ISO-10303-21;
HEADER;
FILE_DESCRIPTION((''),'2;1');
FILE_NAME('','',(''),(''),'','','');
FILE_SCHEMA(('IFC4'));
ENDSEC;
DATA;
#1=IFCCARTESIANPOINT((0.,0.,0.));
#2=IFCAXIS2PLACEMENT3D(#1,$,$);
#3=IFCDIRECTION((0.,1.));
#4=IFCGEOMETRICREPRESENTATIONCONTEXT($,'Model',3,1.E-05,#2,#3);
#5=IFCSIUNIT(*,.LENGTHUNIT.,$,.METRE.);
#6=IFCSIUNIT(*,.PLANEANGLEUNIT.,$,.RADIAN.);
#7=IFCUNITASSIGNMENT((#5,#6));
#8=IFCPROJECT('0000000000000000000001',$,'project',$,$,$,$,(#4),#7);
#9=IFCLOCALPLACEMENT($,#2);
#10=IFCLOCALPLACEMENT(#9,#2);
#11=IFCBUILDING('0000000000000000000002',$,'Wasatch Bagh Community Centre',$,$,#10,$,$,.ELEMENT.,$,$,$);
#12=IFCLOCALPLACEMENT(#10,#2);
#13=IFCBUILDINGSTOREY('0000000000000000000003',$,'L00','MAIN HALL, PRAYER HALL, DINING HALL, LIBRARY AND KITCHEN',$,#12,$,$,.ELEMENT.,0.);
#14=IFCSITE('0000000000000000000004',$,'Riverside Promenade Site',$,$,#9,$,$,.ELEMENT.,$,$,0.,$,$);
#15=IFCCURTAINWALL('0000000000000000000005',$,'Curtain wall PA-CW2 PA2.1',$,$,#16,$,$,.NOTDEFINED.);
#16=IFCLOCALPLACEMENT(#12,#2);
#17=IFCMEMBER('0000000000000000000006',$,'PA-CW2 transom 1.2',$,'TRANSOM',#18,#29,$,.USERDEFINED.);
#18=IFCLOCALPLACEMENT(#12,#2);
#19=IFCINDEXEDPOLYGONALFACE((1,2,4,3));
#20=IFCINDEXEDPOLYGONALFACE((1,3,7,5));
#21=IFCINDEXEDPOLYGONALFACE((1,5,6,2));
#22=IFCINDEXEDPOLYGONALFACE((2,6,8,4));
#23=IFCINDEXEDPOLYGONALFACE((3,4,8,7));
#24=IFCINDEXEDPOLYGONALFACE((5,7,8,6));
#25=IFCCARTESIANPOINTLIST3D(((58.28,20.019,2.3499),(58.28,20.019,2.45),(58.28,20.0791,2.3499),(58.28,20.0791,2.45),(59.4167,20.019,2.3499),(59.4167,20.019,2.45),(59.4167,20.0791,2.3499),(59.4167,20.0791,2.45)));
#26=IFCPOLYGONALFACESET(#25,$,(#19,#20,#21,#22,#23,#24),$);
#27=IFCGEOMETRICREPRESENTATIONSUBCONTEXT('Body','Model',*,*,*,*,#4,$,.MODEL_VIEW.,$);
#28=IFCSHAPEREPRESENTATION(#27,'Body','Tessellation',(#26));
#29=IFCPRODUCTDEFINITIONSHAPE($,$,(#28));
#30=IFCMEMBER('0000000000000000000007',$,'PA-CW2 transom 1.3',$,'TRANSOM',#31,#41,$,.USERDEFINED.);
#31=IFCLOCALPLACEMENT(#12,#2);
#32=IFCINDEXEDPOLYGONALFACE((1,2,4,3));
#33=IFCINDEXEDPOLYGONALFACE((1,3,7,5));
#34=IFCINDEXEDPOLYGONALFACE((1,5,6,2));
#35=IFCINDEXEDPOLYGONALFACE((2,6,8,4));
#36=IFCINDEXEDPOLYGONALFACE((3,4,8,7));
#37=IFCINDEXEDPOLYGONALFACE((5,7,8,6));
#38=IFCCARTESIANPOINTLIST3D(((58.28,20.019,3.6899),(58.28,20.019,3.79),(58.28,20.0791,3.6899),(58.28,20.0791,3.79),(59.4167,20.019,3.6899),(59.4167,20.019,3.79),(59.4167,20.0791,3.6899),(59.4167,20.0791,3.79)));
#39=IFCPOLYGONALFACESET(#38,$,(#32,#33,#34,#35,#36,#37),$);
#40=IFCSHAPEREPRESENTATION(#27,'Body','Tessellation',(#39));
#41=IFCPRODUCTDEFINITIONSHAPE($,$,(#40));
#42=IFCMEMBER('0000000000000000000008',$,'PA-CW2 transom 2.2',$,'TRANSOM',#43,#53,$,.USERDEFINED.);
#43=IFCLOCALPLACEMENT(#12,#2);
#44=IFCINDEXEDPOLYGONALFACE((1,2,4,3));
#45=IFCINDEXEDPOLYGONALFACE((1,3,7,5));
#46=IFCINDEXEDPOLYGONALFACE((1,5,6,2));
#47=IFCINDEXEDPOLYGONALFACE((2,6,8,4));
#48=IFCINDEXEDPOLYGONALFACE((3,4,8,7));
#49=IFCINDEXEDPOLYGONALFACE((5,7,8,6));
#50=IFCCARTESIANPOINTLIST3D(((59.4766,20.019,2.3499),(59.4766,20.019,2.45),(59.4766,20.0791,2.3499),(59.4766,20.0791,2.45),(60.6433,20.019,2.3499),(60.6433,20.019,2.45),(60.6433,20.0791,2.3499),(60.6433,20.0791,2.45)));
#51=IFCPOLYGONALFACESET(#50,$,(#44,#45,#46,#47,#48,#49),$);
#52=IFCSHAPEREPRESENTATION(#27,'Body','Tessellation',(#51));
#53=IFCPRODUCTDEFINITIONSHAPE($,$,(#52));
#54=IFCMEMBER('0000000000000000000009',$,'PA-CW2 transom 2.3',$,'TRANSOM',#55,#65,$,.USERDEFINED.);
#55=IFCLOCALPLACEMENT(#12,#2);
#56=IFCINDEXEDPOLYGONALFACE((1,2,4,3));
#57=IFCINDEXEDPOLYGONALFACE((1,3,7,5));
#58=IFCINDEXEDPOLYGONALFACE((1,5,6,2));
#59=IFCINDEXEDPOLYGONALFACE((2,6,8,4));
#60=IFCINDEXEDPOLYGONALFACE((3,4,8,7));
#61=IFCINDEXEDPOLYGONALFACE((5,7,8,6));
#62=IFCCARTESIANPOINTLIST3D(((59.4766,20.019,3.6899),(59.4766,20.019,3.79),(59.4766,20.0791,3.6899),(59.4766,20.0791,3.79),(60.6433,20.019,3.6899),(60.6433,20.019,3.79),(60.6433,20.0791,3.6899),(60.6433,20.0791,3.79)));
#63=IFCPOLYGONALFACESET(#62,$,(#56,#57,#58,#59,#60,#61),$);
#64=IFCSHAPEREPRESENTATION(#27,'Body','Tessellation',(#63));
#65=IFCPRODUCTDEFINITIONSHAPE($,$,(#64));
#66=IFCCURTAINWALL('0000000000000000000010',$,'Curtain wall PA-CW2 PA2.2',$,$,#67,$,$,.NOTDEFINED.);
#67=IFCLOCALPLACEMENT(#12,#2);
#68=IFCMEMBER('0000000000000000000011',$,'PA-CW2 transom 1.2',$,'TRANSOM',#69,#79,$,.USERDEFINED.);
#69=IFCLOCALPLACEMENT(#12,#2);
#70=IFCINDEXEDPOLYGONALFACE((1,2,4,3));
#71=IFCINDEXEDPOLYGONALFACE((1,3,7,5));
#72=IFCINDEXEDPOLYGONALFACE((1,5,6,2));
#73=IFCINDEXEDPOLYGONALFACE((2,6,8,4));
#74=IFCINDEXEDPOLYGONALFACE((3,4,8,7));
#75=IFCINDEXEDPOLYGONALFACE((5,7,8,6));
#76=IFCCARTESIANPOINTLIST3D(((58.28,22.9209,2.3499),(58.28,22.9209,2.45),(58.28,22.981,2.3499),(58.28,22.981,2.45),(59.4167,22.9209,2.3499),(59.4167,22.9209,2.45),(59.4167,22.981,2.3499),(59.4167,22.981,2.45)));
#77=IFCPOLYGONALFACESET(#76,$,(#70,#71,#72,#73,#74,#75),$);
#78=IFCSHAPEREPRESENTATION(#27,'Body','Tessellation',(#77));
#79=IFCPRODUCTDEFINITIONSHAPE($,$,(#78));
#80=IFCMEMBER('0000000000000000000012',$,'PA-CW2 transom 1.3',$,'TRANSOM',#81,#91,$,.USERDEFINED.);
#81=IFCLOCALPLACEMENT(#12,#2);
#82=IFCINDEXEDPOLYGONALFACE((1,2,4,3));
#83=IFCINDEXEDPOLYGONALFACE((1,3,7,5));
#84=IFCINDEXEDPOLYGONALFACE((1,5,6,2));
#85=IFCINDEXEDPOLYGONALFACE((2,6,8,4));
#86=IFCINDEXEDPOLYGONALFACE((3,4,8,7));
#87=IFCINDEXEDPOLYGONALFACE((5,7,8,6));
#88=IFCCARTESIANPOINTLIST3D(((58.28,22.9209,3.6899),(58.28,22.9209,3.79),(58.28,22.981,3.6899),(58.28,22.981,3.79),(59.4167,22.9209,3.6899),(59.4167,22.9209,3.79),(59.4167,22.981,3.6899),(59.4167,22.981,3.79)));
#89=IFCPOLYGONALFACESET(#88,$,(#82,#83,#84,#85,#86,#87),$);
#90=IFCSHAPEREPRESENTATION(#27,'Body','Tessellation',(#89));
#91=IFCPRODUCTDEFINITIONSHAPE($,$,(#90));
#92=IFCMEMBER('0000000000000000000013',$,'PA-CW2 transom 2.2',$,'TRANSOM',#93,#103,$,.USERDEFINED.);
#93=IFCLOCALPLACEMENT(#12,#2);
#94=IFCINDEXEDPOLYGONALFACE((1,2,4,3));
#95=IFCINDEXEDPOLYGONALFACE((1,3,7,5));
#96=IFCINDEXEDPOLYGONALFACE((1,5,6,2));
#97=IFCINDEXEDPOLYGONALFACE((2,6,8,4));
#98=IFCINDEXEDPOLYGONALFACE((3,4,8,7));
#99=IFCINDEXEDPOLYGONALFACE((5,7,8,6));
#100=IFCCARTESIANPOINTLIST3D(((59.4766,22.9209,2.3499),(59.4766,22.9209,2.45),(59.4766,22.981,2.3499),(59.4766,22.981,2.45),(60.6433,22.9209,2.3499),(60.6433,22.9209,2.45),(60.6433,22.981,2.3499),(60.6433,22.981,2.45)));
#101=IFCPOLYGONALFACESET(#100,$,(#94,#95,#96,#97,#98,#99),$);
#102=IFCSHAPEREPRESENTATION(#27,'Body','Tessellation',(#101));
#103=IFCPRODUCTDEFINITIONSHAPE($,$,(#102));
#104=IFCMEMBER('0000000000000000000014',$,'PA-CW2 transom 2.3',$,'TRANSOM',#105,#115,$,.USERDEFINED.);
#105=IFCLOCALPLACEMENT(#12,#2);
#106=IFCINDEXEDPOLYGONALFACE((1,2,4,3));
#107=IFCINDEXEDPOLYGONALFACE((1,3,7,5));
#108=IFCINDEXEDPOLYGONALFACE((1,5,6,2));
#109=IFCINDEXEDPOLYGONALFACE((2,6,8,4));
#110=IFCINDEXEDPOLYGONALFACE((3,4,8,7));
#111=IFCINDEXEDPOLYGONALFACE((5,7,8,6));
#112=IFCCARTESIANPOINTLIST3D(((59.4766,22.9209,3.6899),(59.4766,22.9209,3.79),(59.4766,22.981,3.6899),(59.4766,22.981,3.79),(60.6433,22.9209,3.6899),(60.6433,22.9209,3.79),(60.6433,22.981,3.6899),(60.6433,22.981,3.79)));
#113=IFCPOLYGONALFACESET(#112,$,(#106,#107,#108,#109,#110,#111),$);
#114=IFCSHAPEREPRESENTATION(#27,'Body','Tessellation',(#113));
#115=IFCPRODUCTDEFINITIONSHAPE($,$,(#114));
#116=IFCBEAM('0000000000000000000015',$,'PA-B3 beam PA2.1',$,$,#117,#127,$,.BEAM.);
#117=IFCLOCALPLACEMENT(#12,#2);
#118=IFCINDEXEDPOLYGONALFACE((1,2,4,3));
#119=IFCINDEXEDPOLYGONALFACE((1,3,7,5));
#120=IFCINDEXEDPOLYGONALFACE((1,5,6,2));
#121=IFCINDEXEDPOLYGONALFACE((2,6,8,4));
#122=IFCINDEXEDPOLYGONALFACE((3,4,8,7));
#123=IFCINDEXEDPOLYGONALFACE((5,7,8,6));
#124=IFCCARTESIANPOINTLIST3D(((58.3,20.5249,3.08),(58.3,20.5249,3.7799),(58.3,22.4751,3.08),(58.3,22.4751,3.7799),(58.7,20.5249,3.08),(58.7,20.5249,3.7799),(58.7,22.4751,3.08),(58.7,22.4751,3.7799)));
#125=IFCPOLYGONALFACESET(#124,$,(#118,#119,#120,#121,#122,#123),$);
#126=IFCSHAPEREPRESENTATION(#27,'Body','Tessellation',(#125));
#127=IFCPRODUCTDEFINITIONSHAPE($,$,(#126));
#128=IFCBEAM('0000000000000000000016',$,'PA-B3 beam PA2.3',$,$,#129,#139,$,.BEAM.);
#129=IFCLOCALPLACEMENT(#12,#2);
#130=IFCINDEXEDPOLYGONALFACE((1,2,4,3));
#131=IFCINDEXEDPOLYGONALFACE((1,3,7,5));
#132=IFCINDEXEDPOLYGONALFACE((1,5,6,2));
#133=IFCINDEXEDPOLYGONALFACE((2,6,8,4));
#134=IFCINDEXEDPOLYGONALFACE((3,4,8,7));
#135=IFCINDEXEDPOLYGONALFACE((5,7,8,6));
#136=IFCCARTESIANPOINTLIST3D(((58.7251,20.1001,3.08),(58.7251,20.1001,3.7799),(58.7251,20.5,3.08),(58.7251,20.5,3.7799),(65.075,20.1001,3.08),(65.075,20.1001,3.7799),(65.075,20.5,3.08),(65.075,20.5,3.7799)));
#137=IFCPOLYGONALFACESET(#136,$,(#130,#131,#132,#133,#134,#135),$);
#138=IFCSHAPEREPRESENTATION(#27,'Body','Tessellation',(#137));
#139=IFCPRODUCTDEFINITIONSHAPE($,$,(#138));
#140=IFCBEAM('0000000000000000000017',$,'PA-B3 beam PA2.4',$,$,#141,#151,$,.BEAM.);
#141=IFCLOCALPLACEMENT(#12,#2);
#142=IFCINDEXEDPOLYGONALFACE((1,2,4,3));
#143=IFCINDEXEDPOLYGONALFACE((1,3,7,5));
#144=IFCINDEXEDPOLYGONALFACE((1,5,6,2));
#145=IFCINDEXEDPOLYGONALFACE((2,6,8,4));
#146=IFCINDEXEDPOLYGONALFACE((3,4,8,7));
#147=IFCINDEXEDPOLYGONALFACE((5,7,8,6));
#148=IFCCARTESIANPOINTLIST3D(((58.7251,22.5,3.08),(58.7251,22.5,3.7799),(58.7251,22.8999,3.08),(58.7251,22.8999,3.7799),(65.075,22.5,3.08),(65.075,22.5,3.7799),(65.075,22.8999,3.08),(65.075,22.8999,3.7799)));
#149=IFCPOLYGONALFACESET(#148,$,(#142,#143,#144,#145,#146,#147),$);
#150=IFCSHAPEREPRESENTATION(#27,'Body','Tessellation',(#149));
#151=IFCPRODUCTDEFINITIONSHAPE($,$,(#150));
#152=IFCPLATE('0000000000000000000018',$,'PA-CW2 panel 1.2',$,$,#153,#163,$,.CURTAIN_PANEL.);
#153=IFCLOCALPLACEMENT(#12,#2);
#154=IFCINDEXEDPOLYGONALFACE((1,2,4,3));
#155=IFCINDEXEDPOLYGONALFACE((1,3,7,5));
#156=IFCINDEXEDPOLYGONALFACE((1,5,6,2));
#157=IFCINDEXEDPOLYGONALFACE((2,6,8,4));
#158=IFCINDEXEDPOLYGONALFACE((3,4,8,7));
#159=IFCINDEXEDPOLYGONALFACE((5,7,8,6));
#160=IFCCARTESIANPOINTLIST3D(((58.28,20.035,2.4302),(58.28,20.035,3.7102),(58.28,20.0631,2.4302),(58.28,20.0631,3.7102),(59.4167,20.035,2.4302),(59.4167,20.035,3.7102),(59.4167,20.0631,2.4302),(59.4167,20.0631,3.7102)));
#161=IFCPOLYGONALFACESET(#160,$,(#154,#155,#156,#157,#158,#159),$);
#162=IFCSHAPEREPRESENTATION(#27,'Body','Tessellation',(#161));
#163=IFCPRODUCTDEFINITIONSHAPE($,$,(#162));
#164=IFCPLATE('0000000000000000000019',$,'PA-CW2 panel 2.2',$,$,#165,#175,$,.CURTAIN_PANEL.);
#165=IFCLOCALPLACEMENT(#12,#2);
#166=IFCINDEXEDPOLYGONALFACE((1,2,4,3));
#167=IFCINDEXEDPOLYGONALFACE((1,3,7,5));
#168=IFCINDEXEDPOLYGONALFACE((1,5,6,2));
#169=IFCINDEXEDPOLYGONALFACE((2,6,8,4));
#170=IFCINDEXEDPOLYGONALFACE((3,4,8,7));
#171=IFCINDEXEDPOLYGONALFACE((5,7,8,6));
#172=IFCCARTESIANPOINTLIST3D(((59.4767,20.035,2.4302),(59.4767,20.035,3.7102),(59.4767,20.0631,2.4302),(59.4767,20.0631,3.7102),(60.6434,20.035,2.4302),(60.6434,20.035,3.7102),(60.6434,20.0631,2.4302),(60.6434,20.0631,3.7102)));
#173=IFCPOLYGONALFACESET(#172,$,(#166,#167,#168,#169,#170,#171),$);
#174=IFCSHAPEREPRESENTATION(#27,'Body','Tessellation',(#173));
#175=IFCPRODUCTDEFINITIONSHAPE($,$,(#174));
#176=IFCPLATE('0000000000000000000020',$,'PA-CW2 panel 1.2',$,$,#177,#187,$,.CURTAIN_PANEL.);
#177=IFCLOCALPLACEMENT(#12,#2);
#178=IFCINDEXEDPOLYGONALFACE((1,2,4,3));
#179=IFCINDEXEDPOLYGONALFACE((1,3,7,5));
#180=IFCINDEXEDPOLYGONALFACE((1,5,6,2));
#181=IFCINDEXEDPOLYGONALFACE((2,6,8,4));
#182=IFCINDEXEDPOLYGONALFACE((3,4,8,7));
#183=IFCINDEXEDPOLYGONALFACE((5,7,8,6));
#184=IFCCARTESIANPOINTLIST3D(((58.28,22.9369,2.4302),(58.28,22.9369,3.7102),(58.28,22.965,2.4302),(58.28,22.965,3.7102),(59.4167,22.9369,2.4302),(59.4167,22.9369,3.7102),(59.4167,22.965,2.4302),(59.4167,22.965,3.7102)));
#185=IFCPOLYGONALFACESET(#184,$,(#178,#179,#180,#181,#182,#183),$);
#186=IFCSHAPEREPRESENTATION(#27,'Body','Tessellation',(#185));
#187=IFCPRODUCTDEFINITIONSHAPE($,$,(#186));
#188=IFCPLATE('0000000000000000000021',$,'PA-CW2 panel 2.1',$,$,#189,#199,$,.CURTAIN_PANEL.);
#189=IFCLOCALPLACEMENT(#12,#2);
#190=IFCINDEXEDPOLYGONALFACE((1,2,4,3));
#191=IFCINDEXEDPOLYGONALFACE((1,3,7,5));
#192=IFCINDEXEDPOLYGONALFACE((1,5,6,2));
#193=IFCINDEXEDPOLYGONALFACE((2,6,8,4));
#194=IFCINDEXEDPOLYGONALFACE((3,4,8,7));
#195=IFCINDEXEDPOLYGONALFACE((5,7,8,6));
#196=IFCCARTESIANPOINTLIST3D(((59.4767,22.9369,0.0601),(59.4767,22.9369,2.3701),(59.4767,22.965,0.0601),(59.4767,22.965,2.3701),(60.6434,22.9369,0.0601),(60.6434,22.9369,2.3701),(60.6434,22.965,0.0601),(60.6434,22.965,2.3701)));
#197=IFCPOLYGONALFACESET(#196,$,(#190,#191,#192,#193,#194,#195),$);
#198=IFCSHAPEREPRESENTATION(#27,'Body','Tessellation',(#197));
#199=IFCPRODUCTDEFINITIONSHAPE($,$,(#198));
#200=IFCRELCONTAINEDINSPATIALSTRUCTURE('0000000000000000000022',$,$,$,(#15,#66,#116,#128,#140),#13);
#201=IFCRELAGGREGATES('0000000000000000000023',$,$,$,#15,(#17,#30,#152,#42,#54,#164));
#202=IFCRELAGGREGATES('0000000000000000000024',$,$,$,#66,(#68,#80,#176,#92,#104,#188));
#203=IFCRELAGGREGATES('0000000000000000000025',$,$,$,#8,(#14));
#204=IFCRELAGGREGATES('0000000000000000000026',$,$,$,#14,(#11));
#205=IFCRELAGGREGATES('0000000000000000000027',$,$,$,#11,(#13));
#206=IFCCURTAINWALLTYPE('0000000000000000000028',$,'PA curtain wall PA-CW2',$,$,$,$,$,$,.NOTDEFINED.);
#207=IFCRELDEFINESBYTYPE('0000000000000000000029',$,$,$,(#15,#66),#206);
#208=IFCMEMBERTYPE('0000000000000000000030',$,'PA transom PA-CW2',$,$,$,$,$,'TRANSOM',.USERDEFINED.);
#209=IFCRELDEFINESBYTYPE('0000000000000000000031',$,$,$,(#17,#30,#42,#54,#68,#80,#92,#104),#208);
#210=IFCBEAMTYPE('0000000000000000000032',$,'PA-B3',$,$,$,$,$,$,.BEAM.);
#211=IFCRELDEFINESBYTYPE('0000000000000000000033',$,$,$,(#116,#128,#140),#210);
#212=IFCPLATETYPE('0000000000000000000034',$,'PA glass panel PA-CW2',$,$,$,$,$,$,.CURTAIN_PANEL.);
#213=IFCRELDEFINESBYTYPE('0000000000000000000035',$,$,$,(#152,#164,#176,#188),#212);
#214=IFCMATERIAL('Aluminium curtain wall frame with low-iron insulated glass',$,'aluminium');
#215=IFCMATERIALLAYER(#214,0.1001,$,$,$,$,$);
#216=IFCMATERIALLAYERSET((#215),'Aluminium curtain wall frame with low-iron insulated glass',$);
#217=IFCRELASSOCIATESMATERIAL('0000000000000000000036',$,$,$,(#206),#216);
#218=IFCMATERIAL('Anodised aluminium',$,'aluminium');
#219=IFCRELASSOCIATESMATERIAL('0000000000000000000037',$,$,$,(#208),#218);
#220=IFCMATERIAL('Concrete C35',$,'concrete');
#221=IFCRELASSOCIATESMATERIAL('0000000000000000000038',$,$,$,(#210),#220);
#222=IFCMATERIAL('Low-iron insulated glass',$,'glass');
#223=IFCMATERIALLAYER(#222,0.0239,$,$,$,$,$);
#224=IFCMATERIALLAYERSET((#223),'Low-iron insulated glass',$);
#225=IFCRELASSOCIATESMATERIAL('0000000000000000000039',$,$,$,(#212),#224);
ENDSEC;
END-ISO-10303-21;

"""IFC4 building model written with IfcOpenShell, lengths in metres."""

from ifc_helpers import new_model, si_unit, direction, frame, origin, origin_2d, place, context, subcontext, project, spatial, rectangle, extrude, material, layer, layer_set, material_profile, profile_set, type_object, element, aggregate, save


model = new_model("IFC4")

# Units and contexts
model_context = context("Model", 3, precision=1e-05, world=origin(), true_north=direction((0.0, 1.0)))
body_context = subcontext(model_context, "Body", "Model", "MODEL_VIEW")
ifc_project = project(units=[si_unit("LENGTHUNIT", "METRE"), si_unit("PLANEANGLEUNIT", "RADIAN")], contexts=[model_context])

# Site, building, storey
site_placement = place(None, origin())
site = spatial("IfcSite", under=ifc_project, at=site_placement, Name="Riverside Promenade Site", CompositionType="ELEMENT", RefElevation=0.0)
building_placement = place(site_placement, origin())
building = spatial("IfcBuilding", under=site, at=building_placement, Name="Wasatch Bagh Community Centre", CompositionType="ELEMENT")
storey_placement = place(building_placement, origin())
storey = spatial("IfcBuildingStorey", under=building, at=storey_placement, Name="L00", Description="MAIN HALL, PRAYER HALL, DINING HALL, LIBRARY AND KITCHEN", CompositionType="ELEMENT", Elevation=0.0)

# Curtain walls, members
ifc_material_1 = material(Name="Aluminium curtain wall frame with low-iron insulated glass", Category="aluminium")
ifc_layer_1 = layer(ifc_material_1, 0.1001)
ifc_layer_set_1 = layer_set([ifc_layer_1], Name="Aluminium curtain wall frame with low-iron insulated glass")
curtain_wall_type = type_object("IfcCurtainWallType", Name="PA curtain wall PA-CW2", PredefinedType="NOTDEFINED", material=ifc_layer_set_1)
curtain_wall_1_placement = place(storey_placement, origin())
curtain_wall_1 = element("IfcCurtainWall", 1, at=curtain_wall_1_placement, inside=storey, type_object=curtain_wall_type, Name="Curtain wall PA-CW2 PA2.1", PredefinedType="NOTDEFINED")
ifc_material_2 = material(Name="Anodised aluminium", Category="aluminium")
ifc_material_profile_1 = material_profile(ifc_material_2, rectangle(XDim=0.0601, YDim=0.1001, at=origin_2d()), Name="PA transom PA-CW2")
ifc_profile_set_1 = profile_set([ifc_material_profile_1], Name="Anodised aluminium")
member_type = type_object("IfcMemberType", Name="PA transom PA-CW2", ElementType="TRANSOM", PredefinedType="USERDEFINED", material=ifc_profile_set_1)
member_1_placement = place(storey_placement, frame((58.28, 20.0491, 2.3999), z_axis=(1.0, 0.0, 0.0), x_axis=(0.0, 1.0, 0.0)))
member_1 = element("IfcMember", 2, at=member_1_placement, type_object=member_type, Name="PA-CW2 transom 1.2", ObjectType="TRANSOM", PredefinedType="USERDEFINED", context=body_context, shape_type="SweptSolid", body=[
    extrude(rectangle(XDim=0.0601, YDim=0.1001, at=origin_2d()), origin(), (0.0, 0.0, 1.0), 1.1367),
])
member_2_placement = place(storey_placement, frame((58.28, 20.0491, 3.74), z_axis=(1.0, 0.0, 0.0), x_axis=(0.0, 1.0, 0.0)))
member_2 = element("IfcMember", 3, at=member_2_placement, type_object=member_type, Name="PA-CW2 transom 1.3", ObjectType="TRANSOM", PredefinedType="USERDEFINED", context=body_context, shape_type="SweptSolid", body=[
    extrude(rectangle(XDim=0.0601, YDim=0.1001, at=origin_2d()), origin(), (0.0, 0.0, 1.0), 1.1367),
])
member_3_placement = place(storey_placement, frame((59.4766, 20.0491, 2.3999), z_axis=(1.0, 0.0, 0.0), x_axis=(0.0, 1.0, 0.0)))
member_3 = element("IfcMember", 4, at=member_3_placement, type_object=member_type, Name="PA-CW2 transom 2.2", ObjectType="TRANSOM", PredefinedType="USERDEFINED", context=body_context, shape_type="SweptSolid", body=[
    extrude(rectangle(XDim=0.0601, YDim=0.1001, at=origin_2d()), origin(), (0.0, 0.0, 1.0), 1.1667),
])
member_4_placement = place(storey_placement, frame((59.4766, 20.0491, 3.74), z_axis=(1.0, 0.0, 0.0), x_axis=(0.0, 1.0, 0.0)))
member_4 = element("IfcMember", 5, at=member_4_placement, type_object=member_type, Name="PA-CW2 transom 2.3", ObjectType="TRANSOM", PredefinedType="USERDEFINED", context=body_context, shape_type="SweptSolid", body=[
    extrude(rectangle(XDim=0.0601, YDim=0.1001, at=origin_2d()), origin(), (0.0, 0.0, 1.0), 1.1667),
])
curtain_wall_2_placement = place(storey_placement, origin())
curtain_wall_2 = element("IfcCurtainWall", 6, at=curtain_wall_2_placement, inside=storey, type_object=curtain_wall_type, Name="Curtain wall PA-CW2 PA2.2", PredefinedType="NOTDEFINED")
member_5_placement = place(storey_placement, frame((58.28, 22.9509, 2.3999), z_axis=(1.0, 0.0, 0.0), x_axis=(0.0, 1.0, 0.0)))
member_5 = element("IfcMember", 7, at=member_5_placement, type_object=member_type, Name="PA-CW2 transom 1.2", ObjectType="TRANSOM", PredefinedType="USERDEFINED", context=body_context, shape_type="SweptSolid", body=[
    extrude(rectangle(XDim=0.0601, YDim=0.1001, at=origin_2d()), origin(), (0.0, 0.0, 1.0), 1.1367),
])
member_6_placement = place(storey_placement, frame((58.28, 22.9509, 3.74), z_axis=(1.0, 0.0, 0.0), x_axis=(0.0, 1.0, 0.0)))
member_6 = element("IfcMember", 8, at=member_6_placement, type_object=member_type, Name="PA-CW2 transom 1.3", ObjectType="TRANSOM", PredefinedType="USERDEFINED", context=body_context, shape_type="SweptSolid", body=[
    extrude(rectangle(XDim=0.0601, YDim=0.1001, at=origin_2d()), origin(), (0.0, 0.0, 1.0), 1.1367),
])
member_7_placement = place(storey_placement, frame((59.4766, 22.9509, 2.3999), z_axis=(1.0, 0.0, 0.0), x_axis=(0.0, 1.0, 0.0)))
member_7 = element("IfcMember", 9, at=member_7_placement, type_object=member_type, Name="PA-CW2 transom 2.2", ObjectType="TRANSOM", PredefinedType="USERDEFINED", context=body_context, shape_type="SweptSolid", body=[
    extrude(rectangle(XDim=0.0601, YDim=0.1001, at=origin_2d()), origin(), (0.0, 0.0, 1.0), 1.1667),
])
member_8_placement = place(storey_placement, frame((59.4766, 22.9509, 3.74), z_axis=(1.0, 0.0, 0.0), x_axis=(0.0, 1.0, 0.0)))
member_8 = element("IfcMember", 10, at=member_8_placement, type_object=member_type, Name="PA-CW2 transom 2.3", ObjectType="TRANSOM", PredefinedType="USERDEFINED", context=body_context, shape_type="SweptSolid", body=[
    extrude(rectangle(XDim=0.0601, YDim=0.1001, at=origin_2d()), origin(), (0.0, 0.0, 1.0), 1.1667),
])

# Beams
ifc_material_3 = material(Name="Concrete C35", Category="concrete")
ifc_material_profile_2 = material_profile(ifc_material_3, rectangle(XDim=0.3999, YDim=0.7, at=origin_2d()), Name="RC 400x700")
ifc_profile_set_2 = profile_set([ifc_material_profile_2], Name="Concrete C35")
beam_type = type_object("IfcBeamType", Name="PA-B3", PredefinedType="BEAM", material=ifc_profile_set_2)
beam_placement = place(storey_placement, frame((58.5, 20.5249, 3.4299), z_axis=(0.0, 1.0, 0.0), x_axis=(-1.0, 0.0, 0.0)))
element("IfcBeam", 11, at=beam_placement, inside=storey, type_object=beam_type, Name="PA-B3 beam PA2.1", PredefinedType="BEAM", context=body_context, shape_type="SweptSolid", body=[
    extrude(rectangle(XDim=0.3999, YDim=0.7, at=origin_2d()), origin(), (0.0, 0.0, 1.0), 1.9502),
])
for number, where, z_axis, x_axis, name in (
    (12, (58.7251, 20.3, 3.4299), (1.0, 0.0, 0.0), (0.0, 1.0, 0.0), "PA-B3 beam PA2.3"),
    (13, (58.7251, 22.7, 3.4299), (1.0, 0.0, 0.0), (0.0, 1.0, 0.0), "PA-B3 beam PA2.4"),
):
    element("IfcBeam", number, at=place(storey_placement, frame(where, z_axis=z_axis, x_axis=x_axis)), inside=storey, type_object=beam_type, Name=name, PredefinedType="BEAM", context=body_context, shape_type="SweptSolid", body=[
        extrude(rectangle(XDim=0.3999, YDim=0.7, at=origin_2d()), origin(), (0.0, 0.0, 1.0), 6.3499),
    ])

# Plates
ifc_material_4 = material(Name="Low-iron insulated glass", Category="glass")
ifc_layer_2 = layer(ifc_material_4, 0.0239)
ifc_layer_set_2 = layer_set([ifc_layer_2], Name="Low-iron insulated glass")
plate_type = type_object("IfcPlateType", Name="PA glass panel PA-CW2", PredefinedType="CURTAIN_PANEL", material=ifc_layer_set_2)
plate_1_placement = place(storey_placement, frame((58.8484, 20.0491, 2.4302), z_axis=(0.0, 0.0, 1.0), x_axis=(1.0, 0.0, 0.0)))
plate_1 = element("IfcPlate", 14, at=plate_1_placement, type_object=plate_type, Name="PA-CW2 panel 1.2", PredefinedType="CURTAIN_PANEL", context=body_context, shape_type="SweptSolid", body=[
    extrude(rectangle(XDim=1.1367, YDim=0.0281, at=origin_2d()), origin(), (0.0, 0.0, 1.0), 1.28),
])
plate_2_placement = place(storey_placement, frame((60.0601, 20.0491, 2.4302), z_axis=(0.0, 0.0, 1.0), x_axis=(1.0, 0.0, 0.0)))
plate_2 = element("IfcPlate", 15, at=plate_2_placement, type_object=plate_type, Name="PA-CW2 panel 2.2", PredefinedType="CURTAIN_PANEL", context=body_context, shape_type="SweptSolid", body=[
    extrude(rectangle(XDim=1.1667, YDim=0.0281, at=origin_2d()), origin(), (0.0, 0.0, 1.0), 1.28),
])
aggregate(curtain_wall_1, [member_1, member_2, plate_1, member_3, member_4, plate_2])
plate_3_placement = place(storey_placement, frame((58.8484, 22.9509, 2.4302), z_axis=(0.0, 0.0, 1.0), x_axis=(1.0, 0.0, 0.0)))
plate_3 = element("IfcPlate", 16, at=plate_3_placement, type_object=plate_type, Name="PA-CW2 panel 1.2", PredefinedType="CURTAIN_PANEL", context=body_context, shape_type="SweptSolid", body=[
    extrude(rectangle(XDim=1.1367, YDim=0.0281, at=origin_2d()), origin(), (0.0, 0.0, 1.0), 1.28),
])
plate_4_placement = place(storey_placement, frame((60.0601, 22.9509, 0.0601), z_axis=(0.0, 0.0, 1.0), x_axis=(1.0, 0.0, 0.0)))
plate_4 = element("IfcPlate", 17, at=plate_4_placement, type_object=plate_type, Name="PA-CW2 panel 2.1", PredefinedType="CURTAIN_PANEL", context=body_context, shape_type="SweptSolid", body=[
    extrude(rectangle(XDim=1.1667, YDim=0.0281, at=origin_2d()), origin(), (0.0, 0.0, 1.0), 2.3101),
])
aggregate(curtain_wall_2, [member_5, member_6, plate_3, member_7, member_8, plate_4])

save(model, "model.ifc")
